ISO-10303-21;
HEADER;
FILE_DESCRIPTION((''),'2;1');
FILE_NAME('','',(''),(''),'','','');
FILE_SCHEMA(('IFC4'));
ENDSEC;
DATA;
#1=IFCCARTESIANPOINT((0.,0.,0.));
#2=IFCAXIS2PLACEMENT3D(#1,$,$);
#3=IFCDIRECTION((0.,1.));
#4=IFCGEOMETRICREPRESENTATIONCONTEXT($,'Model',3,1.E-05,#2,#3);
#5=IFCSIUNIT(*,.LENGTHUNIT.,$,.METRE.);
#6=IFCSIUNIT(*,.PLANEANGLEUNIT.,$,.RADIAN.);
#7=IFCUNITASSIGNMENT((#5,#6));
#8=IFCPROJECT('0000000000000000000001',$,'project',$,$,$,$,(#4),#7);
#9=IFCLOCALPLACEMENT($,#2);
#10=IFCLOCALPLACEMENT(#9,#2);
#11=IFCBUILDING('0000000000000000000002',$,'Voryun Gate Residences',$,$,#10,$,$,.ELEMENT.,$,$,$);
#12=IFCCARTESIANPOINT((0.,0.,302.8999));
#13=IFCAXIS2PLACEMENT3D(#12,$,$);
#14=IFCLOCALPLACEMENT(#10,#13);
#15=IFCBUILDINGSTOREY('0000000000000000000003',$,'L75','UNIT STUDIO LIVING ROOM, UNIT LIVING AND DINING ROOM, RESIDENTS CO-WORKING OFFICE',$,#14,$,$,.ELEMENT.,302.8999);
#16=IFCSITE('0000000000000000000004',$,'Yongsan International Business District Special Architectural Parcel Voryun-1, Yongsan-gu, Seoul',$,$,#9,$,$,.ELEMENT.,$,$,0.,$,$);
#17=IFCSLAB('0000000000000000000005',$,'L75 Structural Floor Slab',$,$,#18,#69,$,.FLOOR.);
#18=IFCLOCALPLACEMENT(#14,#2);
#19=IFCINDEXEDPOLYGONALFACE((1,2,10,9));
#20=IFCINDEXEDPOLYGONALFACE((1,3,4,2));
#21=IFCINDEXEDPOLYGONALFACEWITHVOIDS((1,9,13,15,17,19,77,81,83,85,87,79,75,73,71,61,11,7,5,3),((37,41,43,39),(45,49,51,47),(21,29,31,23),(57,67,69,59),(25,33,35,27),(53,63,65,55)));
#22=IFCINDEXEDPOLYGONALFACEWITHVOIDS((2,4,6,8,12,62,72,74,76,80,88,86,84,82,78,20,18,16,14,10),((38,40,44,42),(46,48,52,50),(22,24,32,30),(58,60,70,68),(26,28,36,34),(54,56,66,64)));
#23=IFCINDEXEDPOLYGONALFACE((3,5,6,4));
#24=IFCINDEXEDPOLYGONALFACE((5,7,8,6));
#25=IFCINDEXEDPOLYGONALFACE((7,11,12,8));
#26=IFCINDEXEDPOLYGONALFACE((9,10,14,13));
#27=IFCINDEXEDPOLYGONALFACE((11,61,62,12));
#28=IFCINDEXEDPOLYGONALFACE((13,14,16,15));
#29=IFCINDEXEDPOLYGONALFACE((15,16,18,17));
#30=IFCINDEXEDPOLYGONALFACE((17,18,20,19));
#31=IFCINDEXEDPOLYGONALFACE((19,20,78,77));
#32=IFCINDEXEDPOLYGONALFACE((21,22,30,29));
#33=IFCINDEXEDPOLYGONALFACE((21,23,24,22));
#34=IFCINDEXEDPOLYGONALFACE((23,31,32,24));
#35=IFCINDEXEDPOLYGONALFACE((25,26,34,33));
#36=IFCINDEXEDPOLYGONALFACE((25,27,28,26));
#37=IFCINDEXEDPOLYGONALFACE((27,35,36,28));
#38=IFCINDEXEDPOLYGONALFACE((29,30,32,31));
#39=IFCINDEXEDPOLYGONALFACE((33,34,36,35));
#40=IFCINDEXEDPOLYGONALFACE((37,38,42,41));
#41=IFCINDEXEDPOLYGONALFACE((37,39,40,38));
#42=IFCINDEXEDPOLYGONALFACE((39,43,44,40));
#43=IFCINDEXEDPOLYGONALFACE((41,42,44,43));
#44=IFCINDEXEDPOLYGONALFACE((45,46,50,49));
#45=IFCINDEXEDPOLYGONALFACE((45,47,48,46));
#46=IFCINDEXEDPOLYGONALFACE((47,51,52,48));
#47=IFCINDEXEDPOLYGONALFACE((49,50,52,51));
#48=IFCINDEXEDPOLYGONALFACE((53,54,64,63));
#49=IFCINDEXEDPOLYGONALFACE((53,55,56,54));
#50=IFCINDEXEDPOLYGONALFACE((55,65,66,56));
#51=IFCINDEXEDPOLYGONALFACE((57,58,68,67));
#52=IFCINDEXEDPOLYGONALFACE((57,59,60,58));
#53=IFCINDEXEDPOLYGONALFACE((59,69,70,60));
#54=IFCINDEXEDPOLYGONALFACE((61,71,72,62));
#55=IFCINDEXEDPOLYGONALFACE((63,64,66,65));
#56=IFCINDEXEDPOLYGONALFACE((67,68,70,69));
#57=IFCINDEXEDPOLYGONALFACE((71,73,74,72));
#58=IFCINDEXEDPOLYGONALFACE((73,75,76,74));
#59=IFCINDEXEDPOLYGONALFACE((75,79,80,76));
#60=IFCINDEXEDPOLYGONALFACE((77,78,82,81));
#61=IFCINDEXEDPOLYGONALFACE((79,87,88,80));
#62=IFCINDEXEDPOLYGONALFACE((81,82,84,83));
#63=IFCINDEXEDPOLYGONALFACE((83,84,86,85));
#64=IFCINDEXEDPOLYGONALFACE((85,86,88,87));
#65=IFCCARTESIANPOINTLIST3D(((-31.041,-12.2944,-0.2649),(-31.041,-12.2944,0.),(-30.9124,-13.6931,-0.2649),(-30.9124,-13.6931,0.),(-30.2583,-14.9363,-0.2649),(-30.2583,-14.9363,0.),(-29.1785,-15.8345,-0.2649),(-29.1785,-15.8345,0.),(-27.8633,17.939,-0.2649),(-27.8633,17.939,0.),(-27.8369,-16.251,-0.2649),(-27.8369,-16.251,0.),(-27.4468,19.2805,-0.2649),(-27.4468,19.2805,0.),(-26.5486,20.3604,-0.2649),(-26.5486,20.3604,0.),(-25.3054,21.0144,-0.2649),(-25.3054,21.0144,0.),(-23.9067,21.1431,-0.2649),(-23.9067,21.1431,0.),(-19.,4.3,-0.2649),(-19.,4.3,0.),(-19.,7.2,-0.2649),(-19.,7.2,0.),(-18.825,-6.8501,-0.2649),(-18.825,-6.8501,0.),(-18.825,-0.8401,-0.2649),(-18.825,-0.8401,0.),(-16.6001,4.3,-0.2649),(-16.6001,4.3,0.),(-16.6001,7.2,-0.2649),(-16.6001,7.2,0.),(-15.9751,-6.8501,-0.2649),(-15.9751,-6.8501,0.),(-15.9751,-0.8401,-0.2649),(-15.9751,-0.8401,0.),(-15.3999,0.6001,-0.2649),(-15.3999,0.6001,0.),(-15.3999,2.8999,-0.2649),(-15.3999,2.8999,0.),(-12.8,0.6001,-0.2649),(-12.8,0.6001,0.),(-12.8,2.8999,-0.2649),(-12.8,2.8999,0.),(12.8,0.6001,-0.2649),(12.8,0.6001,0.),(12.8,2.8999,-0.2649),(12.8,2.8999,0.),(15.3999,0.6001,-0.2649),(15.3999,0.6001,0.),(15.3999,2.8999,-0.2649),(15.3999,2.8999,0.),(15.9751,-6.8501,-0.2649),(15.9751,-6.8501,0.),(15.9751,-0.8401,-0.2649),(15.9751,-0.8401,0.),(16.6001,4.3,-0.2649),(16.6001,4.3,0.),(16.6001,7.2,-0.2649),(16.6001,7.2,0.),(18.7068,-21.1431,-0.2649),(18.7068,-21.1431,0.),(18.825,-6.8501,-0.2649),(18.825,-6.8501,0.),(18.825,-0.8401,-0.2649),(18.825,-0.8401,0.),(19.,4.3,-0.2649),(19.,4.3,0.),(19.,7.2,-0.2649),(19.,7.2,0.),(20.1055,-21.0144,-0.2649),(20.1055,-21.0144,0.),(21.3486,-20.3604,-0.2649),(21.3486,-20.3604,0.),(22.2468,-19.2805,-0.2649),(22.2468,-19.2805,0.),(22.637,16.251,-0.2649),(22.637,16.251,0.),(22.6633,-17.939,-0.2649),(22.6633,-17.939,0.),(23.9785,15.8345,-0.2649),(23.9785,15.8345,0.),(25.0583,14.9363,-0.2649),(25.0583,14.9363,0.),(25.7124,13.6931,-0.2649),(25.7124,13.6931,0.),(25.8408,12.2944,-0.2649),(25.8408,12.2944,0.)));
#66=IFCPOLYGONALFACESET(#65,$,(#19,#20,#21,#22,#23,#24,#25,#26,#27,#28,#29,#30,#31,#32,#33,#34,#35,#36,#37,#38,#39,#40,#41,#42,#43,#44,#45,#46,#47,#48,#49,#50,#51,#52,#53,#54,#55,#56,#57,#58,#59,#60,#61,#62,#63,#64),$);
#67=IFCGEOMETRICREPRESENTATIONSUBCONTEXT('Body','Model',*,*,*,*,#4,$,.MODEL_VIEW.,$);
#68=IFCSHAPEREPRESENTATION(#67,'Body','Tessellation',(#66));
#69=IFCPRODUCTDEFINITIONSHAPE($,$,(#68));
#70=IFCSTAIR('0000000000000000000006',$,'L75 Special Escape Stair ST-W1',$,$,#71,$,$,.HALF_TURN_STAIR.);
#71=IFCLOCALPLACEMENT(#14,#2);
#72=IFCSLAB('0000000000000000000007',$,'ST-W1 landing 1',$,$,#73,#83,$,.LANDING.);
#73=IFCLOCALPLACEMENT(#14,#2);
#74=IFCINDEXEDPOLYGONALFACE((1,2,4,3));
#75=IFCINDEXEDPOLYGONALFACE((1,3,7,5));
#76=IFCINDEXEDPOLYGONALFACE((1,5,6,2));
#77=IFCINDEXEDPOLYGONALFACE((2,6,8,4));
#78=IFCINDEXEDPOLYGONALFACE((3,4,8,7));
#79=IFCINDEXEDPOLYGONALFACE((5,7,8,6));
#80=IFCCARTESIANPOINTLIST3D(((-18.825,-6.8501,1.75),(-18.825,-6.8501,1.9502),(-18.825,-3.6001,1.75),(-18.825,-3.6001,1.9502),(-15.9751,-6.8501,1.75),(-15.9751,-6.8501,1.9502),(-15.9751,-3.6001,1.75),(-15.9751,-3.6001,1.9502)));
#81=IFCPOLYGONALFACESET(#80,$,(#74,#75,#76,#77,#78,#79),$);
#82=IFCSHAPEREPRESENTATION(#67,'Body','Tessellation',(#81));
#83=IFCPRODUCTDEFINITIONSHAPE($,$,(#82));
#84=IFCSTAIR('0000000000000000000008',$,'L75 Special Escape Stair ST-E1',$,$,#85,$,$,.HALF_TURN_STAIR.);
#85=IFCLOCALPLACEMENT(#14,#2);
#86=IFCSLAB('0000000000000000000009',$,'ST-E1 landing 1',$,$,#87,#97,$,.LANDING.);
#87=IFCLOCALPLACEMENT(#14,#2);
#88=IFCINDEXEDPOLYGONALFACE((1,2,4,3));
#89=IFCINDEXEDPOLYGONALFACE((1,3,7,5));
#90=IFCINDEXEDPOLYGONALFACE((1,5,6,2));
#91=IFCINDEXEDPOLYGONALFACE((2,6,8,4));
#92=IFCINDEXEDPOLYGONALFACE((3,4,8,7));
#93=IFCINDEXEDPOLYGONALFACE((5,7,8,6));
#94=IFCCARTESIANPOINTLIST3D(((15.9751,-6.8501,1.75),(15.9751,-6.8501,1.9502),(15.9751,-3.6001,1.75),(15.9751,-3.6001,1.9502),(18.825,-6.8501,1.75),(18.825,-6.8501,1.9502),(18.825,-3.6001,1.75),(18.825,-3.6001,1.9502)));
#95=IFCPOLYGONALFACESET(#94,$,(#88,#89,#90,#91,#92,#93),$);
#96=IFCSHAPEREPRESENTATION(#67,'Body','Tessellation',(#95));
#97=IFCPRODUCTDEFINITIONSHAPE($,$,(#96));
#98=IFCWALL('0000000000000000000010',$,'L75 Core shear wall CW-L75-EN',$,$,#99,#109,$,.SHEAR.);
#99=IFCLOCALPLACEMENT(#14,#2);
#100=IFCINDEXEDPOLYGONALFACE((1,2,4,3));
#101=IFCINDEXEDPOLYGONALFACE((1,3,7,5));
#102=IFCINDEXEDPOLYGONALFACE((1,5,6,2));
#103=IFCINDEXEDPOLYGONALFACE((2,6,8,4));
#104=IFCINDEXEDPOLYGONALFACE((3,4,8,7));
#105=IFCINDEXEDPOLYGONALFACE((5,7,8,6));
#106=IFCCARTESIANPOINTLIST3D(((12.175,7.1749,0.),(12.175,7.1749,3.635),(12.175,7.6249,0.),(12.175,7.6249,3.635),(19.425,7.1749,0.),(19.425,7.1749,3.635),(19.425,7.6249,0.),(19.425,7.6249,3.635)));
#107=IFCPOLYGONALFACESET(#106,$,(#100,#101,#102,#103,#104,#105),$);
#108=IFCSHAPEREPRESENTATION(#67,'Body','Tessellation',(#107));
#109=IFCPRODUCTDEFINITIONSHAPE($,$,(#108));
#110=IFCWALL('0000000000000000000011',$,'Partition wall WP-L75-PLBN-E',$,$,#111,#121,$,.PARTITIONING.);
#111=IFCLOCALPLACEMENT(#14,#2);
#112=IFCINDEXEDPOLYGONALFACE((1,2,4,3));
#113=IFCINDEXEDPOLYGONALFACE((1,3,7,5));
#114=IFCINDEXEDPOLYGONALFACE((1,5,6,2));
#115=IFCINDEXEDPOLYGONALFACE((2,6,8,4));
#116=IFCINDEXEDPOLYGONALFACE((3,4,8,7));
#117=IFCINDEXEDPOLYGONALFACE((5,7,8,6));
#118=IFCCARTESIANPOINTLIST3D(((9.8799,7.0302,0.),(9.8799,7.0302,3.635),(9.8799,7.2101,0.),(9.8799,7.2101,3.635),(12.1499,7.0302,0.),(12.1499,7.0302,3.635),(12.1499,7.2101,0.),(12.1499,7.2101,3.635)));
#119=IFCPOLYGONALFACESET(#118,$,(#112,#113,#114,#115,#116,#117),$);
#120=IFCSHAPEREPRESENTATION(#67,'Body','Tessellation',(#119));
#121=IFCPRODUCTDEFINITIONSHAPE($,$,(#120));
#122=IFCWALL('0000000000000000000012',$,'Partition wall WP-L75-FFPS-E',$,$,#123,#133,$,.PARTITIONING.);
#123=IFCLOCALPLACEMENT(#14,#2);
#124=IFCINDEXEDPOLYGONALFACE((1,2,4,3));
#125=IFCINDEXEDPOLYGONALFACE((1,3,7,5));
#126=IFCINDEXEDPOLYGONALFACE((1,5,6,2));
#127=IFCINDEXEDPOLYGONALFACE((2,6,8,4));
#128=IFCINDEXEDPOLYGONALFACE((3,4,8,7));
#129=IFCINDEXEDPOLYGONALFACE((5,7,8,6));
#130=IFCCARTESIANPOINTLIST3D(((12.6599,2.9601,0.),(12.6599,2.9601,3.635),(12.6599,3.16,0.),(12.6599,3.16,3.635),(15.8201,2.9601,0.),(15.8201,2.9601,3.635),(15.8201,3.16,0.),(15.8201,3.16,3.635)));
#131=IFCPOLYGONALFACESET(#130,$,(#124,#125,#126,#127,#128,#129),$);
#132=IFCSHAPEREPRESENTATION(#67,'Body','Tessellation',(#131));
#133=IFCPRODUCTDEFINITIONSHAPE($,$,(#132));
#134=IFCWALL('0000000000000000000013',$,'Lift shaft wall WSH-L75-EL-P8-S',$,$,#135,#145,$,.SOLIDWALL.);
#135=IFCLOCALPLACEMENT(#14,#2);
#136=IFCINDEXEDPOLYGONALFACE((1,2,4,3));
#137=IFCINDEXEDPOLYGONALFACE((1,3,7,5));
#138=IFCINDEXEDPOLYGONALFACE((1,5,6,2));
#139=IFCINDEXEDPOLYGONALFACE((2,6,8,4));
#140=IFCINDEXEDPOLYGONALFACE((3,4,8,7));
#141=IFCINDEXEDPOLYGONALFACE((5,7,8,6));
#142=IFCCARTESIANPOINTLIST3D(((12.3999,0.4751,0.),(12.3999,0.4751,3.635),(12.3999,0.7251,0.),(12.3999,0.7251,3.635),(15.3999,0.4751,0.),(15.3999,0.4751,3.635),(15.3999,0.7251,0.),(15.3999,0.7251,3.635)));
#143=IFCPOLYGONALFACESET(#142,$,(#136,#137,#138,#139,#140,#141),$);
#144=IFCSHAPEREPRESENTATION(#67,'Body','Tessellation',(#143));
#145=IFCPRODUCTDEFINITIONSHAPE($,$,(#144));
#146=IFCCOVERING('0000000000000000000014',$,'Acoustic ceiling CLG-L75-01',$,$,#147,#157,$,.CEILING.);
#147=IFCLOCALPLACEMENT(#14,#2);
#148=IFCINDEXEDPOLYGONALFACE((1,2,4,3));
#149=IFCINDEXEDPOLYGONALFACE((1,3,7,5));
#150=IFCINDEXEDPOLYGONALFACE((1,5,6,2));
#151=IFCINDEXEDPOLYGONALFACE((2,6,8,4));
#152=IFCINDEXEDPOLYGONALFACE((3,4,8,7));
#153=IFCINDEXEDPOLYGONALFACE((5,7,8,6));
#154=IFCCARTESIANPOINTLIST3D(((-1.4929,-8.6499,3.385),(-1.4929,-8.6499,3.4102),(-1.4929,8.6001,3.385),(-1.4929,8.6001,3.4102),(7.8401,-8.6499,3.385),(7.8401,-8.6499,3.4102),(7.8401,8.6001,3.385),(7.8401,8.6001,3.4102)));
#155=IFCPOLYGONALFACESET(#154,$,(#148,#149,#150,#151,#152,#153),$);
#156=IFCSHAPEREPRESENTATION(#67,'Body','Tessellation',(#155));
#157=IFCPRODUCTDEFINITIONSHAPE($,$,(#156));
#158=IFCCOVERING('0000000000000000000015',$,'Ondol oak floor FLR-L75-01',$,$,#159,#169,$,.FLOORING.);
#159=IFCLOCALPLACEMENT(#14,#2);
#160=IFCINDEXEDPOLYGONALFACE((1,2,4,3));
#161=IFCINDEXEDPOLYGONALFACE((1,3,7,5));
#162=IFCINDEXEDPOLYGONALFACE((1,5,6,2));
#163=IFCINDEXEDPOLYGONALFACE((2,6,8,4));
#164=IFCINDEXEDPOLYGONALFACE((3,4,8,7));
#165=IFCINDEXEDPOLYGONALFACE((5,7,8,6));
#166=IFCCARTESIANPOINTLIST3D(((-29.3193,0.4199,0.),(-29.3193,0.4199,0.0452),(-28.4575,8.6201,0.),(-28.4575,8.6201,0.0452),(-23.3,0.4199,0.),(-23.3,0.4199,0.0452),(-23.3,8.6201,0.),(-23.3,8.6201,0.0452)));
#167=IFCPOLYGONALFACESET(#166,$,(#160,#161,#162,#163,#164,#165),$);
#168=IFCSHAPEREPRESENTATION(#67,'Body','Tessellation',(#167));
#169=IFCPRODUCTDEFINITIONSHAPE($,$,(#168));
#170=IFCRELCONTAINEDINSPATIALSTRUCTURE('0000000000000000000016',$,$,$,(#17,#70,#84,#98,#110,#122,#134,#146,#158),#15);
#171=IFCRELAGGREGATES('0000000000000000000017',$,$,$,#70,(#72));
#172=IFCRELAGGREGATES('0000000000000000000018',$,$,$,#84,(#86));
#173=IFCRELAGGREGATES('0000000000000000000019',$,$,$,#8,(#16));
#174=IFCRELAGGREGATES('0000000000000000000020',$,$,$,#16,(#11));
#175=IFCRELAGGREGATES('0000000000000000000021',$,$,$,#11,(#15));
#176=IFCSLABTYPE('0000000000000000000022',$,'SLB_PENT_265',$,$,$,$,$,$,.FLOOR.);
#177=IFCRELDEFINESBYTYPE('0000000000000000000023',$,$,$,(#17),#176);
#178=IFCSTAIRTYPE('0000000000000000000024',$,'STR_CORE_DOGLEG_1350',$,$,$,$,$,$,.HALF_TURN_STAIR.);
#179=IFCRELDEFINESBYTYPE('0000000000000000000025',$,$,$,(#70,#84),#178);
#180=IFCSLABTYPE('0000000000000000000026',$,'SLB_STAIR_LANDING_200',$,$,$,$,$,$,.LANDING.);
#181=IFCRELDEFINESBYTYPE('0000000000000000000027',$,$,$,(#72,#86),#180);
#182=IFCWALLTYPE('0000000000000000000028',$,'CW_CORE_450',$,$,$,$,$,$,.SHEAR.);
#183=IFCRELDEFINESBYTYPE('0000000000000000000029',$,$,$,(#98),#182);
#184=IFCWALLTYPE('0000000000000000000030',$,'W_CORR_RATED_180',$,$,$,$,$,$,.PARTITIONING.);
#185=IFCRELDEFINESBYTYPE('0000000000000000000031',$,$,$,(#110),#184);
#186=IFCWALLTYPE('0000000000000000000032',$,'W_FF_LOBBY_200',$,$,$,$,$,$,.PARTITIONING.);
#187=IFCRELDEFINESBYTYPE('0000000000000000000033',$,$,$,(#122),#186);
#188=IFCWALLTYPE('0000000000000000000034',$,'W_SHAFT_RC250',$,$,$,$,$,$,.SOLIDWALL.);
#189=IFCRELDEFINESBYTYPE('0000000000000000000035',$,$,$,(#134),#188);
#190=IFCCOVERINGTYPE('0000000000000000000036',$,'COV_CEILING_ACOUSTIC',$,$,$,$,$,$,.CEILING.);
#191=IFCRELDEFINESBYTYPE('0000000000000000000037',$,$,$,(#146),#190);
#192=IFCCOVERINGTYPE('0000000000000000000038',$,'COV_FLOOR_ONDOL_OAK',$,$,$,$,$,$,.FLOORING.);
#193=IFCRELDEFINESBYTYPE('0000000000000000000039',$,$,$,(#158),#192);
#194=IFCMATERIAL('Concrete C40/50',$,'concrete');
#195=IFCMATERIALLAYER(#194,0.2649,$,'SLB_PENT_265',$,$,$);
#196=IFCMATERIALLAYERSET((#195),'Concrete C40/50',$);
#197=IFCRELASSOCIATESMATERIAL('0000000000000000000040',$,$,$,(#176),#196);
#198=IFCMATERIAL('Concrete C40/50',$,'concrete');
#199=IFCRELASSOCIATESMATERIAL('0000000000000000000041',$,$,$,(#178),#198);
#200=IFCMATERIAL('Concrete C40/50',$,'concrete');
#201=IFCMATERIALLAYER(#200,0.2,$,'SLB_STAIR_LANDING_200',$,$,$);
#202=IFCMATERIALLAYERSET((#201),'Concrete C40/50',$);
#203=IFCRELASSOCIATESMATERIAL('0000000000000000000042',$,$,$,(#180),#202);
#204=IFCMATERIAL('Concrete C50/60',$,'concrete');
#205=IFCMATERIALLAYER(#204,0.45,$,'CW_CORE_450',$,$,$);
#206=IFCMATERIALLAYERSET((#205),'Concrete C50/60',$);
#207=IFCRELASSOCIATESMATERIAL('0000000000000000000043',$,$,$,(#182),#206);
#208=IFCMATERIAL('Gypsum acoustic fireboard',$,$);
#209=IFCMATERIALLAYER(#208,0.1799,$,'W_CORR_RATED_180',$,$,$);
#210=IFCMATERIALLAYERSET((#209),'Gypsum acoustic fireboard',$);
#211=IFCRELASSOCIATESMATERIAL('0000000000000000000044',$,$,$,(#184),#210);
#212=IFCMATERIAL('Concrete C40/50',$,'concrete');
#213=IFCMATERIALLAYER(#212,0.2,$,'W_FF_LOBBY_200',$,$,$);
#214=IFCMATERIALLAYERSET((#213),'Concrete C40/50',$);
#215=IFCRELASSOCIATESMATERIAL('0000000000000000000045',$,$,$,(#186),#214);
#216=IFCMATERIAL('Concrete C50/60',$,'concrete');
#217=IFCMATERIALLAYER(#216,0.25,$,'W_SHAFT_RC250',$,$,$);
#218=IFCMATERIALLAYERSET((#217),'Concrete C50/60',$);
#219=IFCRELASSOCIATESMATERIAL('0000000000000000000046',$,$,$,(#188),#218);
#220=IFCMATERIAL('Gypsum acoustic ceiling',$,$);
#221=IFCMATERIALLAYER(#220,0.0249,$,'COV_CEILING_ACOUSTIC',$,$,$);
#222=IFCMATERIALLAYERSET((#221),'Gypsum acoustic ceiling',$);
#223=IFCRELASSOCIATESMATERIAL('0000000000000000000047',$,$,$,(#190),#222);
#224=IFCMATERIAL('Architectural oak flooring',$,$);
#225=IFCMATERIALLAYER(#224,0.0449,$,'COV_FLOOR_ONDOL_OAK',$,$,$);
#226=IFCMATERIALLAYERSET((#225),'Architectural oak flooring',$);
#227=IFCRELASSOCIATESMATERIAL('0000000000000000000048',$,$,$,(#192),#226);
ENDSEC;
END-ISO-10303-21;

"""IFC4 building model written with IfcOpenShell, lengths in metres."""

from ifc_helpers import new_model, si_unit, direction, frame, frame_2d, origin, place, context, subcontext, project, spatial, polyline, rectangle, outline, extrude, material, layer, layer_set, type_object, element, aggregate, save


model = new_model("IFC4")

# Units and contexts
model_context = context("Model", 3, precision=1e-05, world=origin(), true_north=direction((0.0, 1.0)))
body_context = subcontext(model_context, "Body", "Model", "MODEL_VIEW")
ifc_project = project(units=[si_unit("LENGTHUNIT", "METRE"), si_unit("PLANEANGLEUNIT", "RADIAN")], contexts=[model_context])

# Site, building, storey
site_placement = place(None, origin())
site = spatial("IfcSite", under=ifc_project, at=site_placement, Name="Yongsan International Business District Special Architectural Parcel Voryun-1, Yongsan-gu, Seoul", CompositionType="ELEMENT", RefElevation=0.0)
building_placement = place(site_placement, origin())
building = spatial("IfcBuilding", under=site, at=building_placement, Name="Voryun Gate Residences", CompositionType="ELEMENT")
storey_placement = place(building_placement, frame((0.0, 0.0, 302.8999)))
storey = spatial("IfcBuildingStorey", under=building, at=storey_placement, Name="L75", Description="UNIT STUDIO LIVING ROOM, UNIT LIVING AND DINING ROOM, RESIDENTS CO-WORKING OFFICE", CompositionType="ELEMENT", Elevation=302.8999)

# Slab
ifc_material_1 = material(Name="Concrete C40/50", Category="concrete")
ifc_layer_1 = layer(ifc_material_1, 0.2649, Name="SLB_PENT_265")
ifc_layer_set_1 = layer_set([ifc_layer_1], Name="Concrete C40/50")
slab_type_1 = type_object("IfcSlabType", Name="SLB_PENT_265", PredefinedType="FLOOR", material=ifc_layer_set_1)
slab_1_placement = place(storey_placement, frame((0.0, 0.0, -0.2649)))
element("IfcSlab", 1, at=slab_1_placement, inside=storey, type_object=slab_type_1, Name="L75 Structural Floor Slab", PredefinedType="FLOOR", context=body_context, shape_type="SweptSolid", body=[
    extrude(outline(polyline([(-27.8369, -16.251), (-29.1785, -15.8345), (-30.2583, -14.9363), (-30.9124, -13.6931), (-31.041, -12.2944), (-27.8633, 17.939), (-27.4468, 19.2805), (-26.5486, 20.3604), (-25.3054, 21.0144), (-23.9067, 21.1431), (22.637, 16.251), (23.9785, 15.8345), (25.0583, 14.9363), (25.7124, 13.6931), (25.8408, 12.2944), (22.6633, -17.939), (22.2468, -19.2805), (21.3486, -20.3604), (20.1055, -21.0144), (18.7068, -21.1431), (-27.8369, -16.251)]), holes=[polyline([(-15.9751, -0.8401), (-18.825, -0.8401), (-18.825, -6.8501), (-15.9751, -6.8501), (-15.9751, -0.8401)]), polyline([(18.825, -6.8501), (18.825, -0.8401), (15.9751, -0.8401), (15.9751, -6.8501), (18.825, -6.8501)]), polyline([(-12.8, 2.8999), (-15.3999, 2.8999), (-15.3999, 0.6001), (-12.8, 0.6001), (-12.8, 2.8999)]), polyline([(12.8, 2.8999), (12.8, 0.6001), (15.3999, 0.6001), (15.3999, 2.8999), (12.8, 2.8999)]), polyline([(-16.6001, 7.2), (-19.0, 7.2), (-19.0, 4.3), (-16.6001, 4.3), (-16.6001, 7.2)]), polyline([(19.0, 7.2), (16.6001, 7.2), (16.6001, 4.3), (19.0, 4.3), (19.0, 7.2)])]), origin(), (0.0, 0.0, 1.0), 0.2649),
])

# Stairs, slabs
ifc_material_2 = material(Name="Concrete C40/50", Category="concrete")
stair_type = type_object("IfcStairType", Name="STR_CORE_DOGLEG_1350", PredefinedType="HALF_TURN_STAIR", material=ifc_material_2)
stair_1_placement = place(storey_placement, origin())
stair_1 = element("IfcStair", 2, at=stair_1_placement, inside=storey, type_object=stair_type, Name="L75 Special Escape Stair ST-W1", PredefinedType="HALF_TURN_STAIR")
ifc_material_3 = material(Name="Concrete C40/50", Category="concrete")
ifc_layer_2 = layer(ifc_material_3, 0.2, Name="SLB_STAIR_LANDING_200")
ifc_layer_set_2 = layer_set([ifc_layer_2], Name="Concrete C40/50")
slab_type_2 = type_object("IfcSlabType", Name="SLB_STAIR_LANDING_200", PredefinedType="LANDING", material=ifc_layer_set_2)
slab_2_placement = place(storey_placement, frame((0.0, 0.0, 1.75)))
slab_2 = element("IfcSlab", 3, at=slab_2_placement, type_object=slab_type_2, Name="ST-W1 landing 1", PredefinedType="LANDING", context=body_context, shape_type="SweptSolid", body=[
    extrude(outline(polyline([(-18.825, -3.6001), (-18.825, -6.8501), (-15.9751, -6.8501), (-15.9751, -3.6001), (-18.825, -3.6001)])), origin(), (0.0, 0.0, 1.0), 0.2002),
])
aggregate(stair_1, [slab_2])
stair_2_placement = place(storey_placement, origin())
stair_2 = element("IfcStair", 4, at=stair_2_placement, inside=storey, type_object=stair_type, Name="L75 Special Escape Stair ST-E1", PredefinedType="HALF_TURN_STAIR")
slab_3_placement = place(storey_placement, frame((0.0, 0.0, 1.75)))
slab_3 = element("IfcSlab", 5, at=slab_3_placement, type_object=slab_type_2, Name="ST-E1 landing 1", PredefinedType="LANDING", context=body_context, shape_type="SweptSolid", body=[
    extrude(outline(polyline([(15.9751, -3.6001), (15.9751, -6.8501), (18.825, -6.8501), (18.825, -3.6001), (15.9751, -3.6001)])), origin(), (0.0, 0.0, 1.0), 0.2002),
])
aggregate(stair_2, [slab_3])

# Walls
ifc_material_4 = material(Name="Concrete C50/60", Category="concrete")
ifc_layer_3 = layer(ifc_material_4, 0.45, Name="CW_CORE_450")
ifc_layer_set_3 = layer_set([ifc_layer_3], Name="Concrete C50/60")
wall_type_1 = type_object("IfcWallType", Name="CW_CORE_450", PredefinedType="SHEAR", material=ifc_layer_set_3)
wall_1_placement = place(storey_placement, frame((12.175, 7.3999, 0.0), z_axis=(0.0, 0.0, 1.0), x_axis=(1.0, 0.0, 0.0)))
element("IfcWall", 6, at=wall_1_placement, inside=storey, type_object=wall_type_1, Name="L75 Core shear wall CW-L75-EN", PredefinedType="SHEAR", context=body_context, shape_type="SweptSolid", body=[
    extrude(rectangle(XDim=7.25, YDim=0.45, at=frame_2d((3.625, 0.0))), origin(), (0.0, 0.0, 1.0), 3.635),
])
ifc_material_5 = material(Name="Gypsum acoustic fireboard")
ifc_layer_4 = layer(ifc_material_5, 0.1799, Name="W_CORR_RATED_180")
ifc_layer_set_4 = layer_set([ifc_layer_4], Name="Gypsum acoustic fireboard")
wall_type_2 = type_object("IfcWallType", Name="W_CORR_RATED_180", PredefinedType="PARTITIONING", material=ifc_layer_set_4)
wall_2_placement = place(storey_placement, frame((9.8799, 7.1201, 0.0), z_axis=(0.0, 0.0, 1.0), x_axis=(1.0, 0.0, 0.0)))
element("IfcWall", 7, at=wall_2_placement, inside=storey, type_object=wall_type_2, Name="Partition wall WP-L75-PLBN-E", PredefinedType="PARTITIONING", context=body_context, shape_type="SweptSolid", body=[
    extrude(rectangle(XDim=2.27, YDim=0.1799, at=frame_2d((1.135, 0.0))), origin(), (0.0, 0.0, 1.0), 3.635),
])
ifc_material_6 = material(Name="Concrete C40/50", Category="concrete")
ifc_layer_5 = layer(ifc_material_6, 0.2, Name="W_FF_LOBBY_200")
ifc_layer_set_5 = layer_set([ifc_layer_5], Name="Concrete C40/50")
wall_type_3 = type_object("IfcWallType", Name="W_FF_LOBBY_200", PredefinedType="PARTITIONING", material=ifc_layer_set_5)
wall_3_placement = place(storey_placement, frame((12.6599, 3.0601, 0.0), z_axis=(0.0, 0.0, 1.0), x_axis=(1.0, 0.0, 0.0)))
element("IfcWall", 8, at=wall_3_placement, inside=storey, type_object=wall_type_3, Name="Partition wall WP-L75-FFPS-E", PredefinedType="PARTITIONING", context=body_context, shape_type="SweptSolid", body=[
    extrude(rectangle(XDim=3.1602, YDim=0.2, at=frame_2d((1.5801, 0.0))), origin(), (0.0, 0.0, 1.0), 3.635),
])
ifc_material_7 = material(Name="Concrete C50/60", Category="concrete")
ifc_layer_6 = layer(ifc_material_7, 0.25, Name="W_SHAFT_RC250")
ifc_layer_set_6 = layer_set([ifc_layer_6], Name="Concrete C50/60")
wall_type_4 = type_object("IfcWallType", Name="W_SHAFT_RC250", PredefinedType="SOLIDWALL", material=ifc_layer_set_6)
wall_4_placement = place(storey_placement, frame((12.3999, 0.6001, 0.0), z_axis=(0.0, 0.0, 1.0), x_axis=(1.0, 0.0, 0.0)))
element("IfcWall", 9, at=wall_4_placement, inside=storey, type_object=wall_type_4, Name="Lift shaft wall WSH-L75-EL-P8-S", PredefinedType="SOLIDWALL", context=body_context, shape_type="SweptSolid", body=[
    extrude(rectangle(XDim=3.0, YDim=0.25, at=frame_2d((1.5, 0.0))), origin(), (0.0, 0.0, 1.0), 3.635),
])

# Coverings
ifc_material_8 = material(Name="Gypsum acoustic ceiling")
ifc_layer_7 = layer(ifc_material_8, 0.0249, Name="COV_CEILING_ACOUSTIC")
ifc_layer_set_7 = layer_set([ifc_layer_7], Name="Gypsum acoustic ceiling")
covering_type_1 = type_object("IfcCoveringType", Name="COV_CEILING_ACOUSTIC", PredefinedType="CEILING", material=ifc_layer_set_7)
covering_1_placement = place(storey_placement, frame((0.0, 0.0, 3.385)))
element("IfcCovering", 10, at=covering_1_placement, inside=storey, type_object=covering_type_1, Name="Acoustic ceiling CLG-L75-01", PredefinedType="CEILING", context=body_context, shape_type="SweptSolid", body=[
    extrude(outline(polyline([(-1.4929, -8.6499), (-1.4929, 8.6001), (7.8401, 8.6001), (7.8401, -8.6499), (-1.4929, -8.6499)])), origin(), (0.0, 0.0, 1.0), 0.0251),
])
ifc_material_9 = material(Name="Architectural oak flooring")
ifc_layer_8 = layer(ifc_material_9, 0.0449, Name="COV_FLOOR_ONDOL_OAK")
ifc_layer_set_8 = layer_set([ifc_layer_8], Name="Architectural oak flooring")
covering_type_2 = type_object("IfcCoveringType", Name="COV_FLOOR_ONDOL_OAK", PredefinedType="FLOORING", material=ifc_layer_set_8)
covering_2_placement = place(storey_placement, origin())
element("IfcCovering", 11, at=covering_2_placement, inside=storey, type_object=covering_type_2, Name="Ondol oak floor FLR-L75-01", PredefinedType="FLOORING", context=body_context, shape_type="SweptSolid", body=[
    extrude(outline(polyline([(-23.3, 8.6201), (-23.3, 0.4199), (-29.3193, 0.4199), (-28.4575, 8.6201), (-23.3, 8.6201)])), origin(), (0.0, 0.0, 1.0), 0.0452),
])

save(model, "model.ifc")
